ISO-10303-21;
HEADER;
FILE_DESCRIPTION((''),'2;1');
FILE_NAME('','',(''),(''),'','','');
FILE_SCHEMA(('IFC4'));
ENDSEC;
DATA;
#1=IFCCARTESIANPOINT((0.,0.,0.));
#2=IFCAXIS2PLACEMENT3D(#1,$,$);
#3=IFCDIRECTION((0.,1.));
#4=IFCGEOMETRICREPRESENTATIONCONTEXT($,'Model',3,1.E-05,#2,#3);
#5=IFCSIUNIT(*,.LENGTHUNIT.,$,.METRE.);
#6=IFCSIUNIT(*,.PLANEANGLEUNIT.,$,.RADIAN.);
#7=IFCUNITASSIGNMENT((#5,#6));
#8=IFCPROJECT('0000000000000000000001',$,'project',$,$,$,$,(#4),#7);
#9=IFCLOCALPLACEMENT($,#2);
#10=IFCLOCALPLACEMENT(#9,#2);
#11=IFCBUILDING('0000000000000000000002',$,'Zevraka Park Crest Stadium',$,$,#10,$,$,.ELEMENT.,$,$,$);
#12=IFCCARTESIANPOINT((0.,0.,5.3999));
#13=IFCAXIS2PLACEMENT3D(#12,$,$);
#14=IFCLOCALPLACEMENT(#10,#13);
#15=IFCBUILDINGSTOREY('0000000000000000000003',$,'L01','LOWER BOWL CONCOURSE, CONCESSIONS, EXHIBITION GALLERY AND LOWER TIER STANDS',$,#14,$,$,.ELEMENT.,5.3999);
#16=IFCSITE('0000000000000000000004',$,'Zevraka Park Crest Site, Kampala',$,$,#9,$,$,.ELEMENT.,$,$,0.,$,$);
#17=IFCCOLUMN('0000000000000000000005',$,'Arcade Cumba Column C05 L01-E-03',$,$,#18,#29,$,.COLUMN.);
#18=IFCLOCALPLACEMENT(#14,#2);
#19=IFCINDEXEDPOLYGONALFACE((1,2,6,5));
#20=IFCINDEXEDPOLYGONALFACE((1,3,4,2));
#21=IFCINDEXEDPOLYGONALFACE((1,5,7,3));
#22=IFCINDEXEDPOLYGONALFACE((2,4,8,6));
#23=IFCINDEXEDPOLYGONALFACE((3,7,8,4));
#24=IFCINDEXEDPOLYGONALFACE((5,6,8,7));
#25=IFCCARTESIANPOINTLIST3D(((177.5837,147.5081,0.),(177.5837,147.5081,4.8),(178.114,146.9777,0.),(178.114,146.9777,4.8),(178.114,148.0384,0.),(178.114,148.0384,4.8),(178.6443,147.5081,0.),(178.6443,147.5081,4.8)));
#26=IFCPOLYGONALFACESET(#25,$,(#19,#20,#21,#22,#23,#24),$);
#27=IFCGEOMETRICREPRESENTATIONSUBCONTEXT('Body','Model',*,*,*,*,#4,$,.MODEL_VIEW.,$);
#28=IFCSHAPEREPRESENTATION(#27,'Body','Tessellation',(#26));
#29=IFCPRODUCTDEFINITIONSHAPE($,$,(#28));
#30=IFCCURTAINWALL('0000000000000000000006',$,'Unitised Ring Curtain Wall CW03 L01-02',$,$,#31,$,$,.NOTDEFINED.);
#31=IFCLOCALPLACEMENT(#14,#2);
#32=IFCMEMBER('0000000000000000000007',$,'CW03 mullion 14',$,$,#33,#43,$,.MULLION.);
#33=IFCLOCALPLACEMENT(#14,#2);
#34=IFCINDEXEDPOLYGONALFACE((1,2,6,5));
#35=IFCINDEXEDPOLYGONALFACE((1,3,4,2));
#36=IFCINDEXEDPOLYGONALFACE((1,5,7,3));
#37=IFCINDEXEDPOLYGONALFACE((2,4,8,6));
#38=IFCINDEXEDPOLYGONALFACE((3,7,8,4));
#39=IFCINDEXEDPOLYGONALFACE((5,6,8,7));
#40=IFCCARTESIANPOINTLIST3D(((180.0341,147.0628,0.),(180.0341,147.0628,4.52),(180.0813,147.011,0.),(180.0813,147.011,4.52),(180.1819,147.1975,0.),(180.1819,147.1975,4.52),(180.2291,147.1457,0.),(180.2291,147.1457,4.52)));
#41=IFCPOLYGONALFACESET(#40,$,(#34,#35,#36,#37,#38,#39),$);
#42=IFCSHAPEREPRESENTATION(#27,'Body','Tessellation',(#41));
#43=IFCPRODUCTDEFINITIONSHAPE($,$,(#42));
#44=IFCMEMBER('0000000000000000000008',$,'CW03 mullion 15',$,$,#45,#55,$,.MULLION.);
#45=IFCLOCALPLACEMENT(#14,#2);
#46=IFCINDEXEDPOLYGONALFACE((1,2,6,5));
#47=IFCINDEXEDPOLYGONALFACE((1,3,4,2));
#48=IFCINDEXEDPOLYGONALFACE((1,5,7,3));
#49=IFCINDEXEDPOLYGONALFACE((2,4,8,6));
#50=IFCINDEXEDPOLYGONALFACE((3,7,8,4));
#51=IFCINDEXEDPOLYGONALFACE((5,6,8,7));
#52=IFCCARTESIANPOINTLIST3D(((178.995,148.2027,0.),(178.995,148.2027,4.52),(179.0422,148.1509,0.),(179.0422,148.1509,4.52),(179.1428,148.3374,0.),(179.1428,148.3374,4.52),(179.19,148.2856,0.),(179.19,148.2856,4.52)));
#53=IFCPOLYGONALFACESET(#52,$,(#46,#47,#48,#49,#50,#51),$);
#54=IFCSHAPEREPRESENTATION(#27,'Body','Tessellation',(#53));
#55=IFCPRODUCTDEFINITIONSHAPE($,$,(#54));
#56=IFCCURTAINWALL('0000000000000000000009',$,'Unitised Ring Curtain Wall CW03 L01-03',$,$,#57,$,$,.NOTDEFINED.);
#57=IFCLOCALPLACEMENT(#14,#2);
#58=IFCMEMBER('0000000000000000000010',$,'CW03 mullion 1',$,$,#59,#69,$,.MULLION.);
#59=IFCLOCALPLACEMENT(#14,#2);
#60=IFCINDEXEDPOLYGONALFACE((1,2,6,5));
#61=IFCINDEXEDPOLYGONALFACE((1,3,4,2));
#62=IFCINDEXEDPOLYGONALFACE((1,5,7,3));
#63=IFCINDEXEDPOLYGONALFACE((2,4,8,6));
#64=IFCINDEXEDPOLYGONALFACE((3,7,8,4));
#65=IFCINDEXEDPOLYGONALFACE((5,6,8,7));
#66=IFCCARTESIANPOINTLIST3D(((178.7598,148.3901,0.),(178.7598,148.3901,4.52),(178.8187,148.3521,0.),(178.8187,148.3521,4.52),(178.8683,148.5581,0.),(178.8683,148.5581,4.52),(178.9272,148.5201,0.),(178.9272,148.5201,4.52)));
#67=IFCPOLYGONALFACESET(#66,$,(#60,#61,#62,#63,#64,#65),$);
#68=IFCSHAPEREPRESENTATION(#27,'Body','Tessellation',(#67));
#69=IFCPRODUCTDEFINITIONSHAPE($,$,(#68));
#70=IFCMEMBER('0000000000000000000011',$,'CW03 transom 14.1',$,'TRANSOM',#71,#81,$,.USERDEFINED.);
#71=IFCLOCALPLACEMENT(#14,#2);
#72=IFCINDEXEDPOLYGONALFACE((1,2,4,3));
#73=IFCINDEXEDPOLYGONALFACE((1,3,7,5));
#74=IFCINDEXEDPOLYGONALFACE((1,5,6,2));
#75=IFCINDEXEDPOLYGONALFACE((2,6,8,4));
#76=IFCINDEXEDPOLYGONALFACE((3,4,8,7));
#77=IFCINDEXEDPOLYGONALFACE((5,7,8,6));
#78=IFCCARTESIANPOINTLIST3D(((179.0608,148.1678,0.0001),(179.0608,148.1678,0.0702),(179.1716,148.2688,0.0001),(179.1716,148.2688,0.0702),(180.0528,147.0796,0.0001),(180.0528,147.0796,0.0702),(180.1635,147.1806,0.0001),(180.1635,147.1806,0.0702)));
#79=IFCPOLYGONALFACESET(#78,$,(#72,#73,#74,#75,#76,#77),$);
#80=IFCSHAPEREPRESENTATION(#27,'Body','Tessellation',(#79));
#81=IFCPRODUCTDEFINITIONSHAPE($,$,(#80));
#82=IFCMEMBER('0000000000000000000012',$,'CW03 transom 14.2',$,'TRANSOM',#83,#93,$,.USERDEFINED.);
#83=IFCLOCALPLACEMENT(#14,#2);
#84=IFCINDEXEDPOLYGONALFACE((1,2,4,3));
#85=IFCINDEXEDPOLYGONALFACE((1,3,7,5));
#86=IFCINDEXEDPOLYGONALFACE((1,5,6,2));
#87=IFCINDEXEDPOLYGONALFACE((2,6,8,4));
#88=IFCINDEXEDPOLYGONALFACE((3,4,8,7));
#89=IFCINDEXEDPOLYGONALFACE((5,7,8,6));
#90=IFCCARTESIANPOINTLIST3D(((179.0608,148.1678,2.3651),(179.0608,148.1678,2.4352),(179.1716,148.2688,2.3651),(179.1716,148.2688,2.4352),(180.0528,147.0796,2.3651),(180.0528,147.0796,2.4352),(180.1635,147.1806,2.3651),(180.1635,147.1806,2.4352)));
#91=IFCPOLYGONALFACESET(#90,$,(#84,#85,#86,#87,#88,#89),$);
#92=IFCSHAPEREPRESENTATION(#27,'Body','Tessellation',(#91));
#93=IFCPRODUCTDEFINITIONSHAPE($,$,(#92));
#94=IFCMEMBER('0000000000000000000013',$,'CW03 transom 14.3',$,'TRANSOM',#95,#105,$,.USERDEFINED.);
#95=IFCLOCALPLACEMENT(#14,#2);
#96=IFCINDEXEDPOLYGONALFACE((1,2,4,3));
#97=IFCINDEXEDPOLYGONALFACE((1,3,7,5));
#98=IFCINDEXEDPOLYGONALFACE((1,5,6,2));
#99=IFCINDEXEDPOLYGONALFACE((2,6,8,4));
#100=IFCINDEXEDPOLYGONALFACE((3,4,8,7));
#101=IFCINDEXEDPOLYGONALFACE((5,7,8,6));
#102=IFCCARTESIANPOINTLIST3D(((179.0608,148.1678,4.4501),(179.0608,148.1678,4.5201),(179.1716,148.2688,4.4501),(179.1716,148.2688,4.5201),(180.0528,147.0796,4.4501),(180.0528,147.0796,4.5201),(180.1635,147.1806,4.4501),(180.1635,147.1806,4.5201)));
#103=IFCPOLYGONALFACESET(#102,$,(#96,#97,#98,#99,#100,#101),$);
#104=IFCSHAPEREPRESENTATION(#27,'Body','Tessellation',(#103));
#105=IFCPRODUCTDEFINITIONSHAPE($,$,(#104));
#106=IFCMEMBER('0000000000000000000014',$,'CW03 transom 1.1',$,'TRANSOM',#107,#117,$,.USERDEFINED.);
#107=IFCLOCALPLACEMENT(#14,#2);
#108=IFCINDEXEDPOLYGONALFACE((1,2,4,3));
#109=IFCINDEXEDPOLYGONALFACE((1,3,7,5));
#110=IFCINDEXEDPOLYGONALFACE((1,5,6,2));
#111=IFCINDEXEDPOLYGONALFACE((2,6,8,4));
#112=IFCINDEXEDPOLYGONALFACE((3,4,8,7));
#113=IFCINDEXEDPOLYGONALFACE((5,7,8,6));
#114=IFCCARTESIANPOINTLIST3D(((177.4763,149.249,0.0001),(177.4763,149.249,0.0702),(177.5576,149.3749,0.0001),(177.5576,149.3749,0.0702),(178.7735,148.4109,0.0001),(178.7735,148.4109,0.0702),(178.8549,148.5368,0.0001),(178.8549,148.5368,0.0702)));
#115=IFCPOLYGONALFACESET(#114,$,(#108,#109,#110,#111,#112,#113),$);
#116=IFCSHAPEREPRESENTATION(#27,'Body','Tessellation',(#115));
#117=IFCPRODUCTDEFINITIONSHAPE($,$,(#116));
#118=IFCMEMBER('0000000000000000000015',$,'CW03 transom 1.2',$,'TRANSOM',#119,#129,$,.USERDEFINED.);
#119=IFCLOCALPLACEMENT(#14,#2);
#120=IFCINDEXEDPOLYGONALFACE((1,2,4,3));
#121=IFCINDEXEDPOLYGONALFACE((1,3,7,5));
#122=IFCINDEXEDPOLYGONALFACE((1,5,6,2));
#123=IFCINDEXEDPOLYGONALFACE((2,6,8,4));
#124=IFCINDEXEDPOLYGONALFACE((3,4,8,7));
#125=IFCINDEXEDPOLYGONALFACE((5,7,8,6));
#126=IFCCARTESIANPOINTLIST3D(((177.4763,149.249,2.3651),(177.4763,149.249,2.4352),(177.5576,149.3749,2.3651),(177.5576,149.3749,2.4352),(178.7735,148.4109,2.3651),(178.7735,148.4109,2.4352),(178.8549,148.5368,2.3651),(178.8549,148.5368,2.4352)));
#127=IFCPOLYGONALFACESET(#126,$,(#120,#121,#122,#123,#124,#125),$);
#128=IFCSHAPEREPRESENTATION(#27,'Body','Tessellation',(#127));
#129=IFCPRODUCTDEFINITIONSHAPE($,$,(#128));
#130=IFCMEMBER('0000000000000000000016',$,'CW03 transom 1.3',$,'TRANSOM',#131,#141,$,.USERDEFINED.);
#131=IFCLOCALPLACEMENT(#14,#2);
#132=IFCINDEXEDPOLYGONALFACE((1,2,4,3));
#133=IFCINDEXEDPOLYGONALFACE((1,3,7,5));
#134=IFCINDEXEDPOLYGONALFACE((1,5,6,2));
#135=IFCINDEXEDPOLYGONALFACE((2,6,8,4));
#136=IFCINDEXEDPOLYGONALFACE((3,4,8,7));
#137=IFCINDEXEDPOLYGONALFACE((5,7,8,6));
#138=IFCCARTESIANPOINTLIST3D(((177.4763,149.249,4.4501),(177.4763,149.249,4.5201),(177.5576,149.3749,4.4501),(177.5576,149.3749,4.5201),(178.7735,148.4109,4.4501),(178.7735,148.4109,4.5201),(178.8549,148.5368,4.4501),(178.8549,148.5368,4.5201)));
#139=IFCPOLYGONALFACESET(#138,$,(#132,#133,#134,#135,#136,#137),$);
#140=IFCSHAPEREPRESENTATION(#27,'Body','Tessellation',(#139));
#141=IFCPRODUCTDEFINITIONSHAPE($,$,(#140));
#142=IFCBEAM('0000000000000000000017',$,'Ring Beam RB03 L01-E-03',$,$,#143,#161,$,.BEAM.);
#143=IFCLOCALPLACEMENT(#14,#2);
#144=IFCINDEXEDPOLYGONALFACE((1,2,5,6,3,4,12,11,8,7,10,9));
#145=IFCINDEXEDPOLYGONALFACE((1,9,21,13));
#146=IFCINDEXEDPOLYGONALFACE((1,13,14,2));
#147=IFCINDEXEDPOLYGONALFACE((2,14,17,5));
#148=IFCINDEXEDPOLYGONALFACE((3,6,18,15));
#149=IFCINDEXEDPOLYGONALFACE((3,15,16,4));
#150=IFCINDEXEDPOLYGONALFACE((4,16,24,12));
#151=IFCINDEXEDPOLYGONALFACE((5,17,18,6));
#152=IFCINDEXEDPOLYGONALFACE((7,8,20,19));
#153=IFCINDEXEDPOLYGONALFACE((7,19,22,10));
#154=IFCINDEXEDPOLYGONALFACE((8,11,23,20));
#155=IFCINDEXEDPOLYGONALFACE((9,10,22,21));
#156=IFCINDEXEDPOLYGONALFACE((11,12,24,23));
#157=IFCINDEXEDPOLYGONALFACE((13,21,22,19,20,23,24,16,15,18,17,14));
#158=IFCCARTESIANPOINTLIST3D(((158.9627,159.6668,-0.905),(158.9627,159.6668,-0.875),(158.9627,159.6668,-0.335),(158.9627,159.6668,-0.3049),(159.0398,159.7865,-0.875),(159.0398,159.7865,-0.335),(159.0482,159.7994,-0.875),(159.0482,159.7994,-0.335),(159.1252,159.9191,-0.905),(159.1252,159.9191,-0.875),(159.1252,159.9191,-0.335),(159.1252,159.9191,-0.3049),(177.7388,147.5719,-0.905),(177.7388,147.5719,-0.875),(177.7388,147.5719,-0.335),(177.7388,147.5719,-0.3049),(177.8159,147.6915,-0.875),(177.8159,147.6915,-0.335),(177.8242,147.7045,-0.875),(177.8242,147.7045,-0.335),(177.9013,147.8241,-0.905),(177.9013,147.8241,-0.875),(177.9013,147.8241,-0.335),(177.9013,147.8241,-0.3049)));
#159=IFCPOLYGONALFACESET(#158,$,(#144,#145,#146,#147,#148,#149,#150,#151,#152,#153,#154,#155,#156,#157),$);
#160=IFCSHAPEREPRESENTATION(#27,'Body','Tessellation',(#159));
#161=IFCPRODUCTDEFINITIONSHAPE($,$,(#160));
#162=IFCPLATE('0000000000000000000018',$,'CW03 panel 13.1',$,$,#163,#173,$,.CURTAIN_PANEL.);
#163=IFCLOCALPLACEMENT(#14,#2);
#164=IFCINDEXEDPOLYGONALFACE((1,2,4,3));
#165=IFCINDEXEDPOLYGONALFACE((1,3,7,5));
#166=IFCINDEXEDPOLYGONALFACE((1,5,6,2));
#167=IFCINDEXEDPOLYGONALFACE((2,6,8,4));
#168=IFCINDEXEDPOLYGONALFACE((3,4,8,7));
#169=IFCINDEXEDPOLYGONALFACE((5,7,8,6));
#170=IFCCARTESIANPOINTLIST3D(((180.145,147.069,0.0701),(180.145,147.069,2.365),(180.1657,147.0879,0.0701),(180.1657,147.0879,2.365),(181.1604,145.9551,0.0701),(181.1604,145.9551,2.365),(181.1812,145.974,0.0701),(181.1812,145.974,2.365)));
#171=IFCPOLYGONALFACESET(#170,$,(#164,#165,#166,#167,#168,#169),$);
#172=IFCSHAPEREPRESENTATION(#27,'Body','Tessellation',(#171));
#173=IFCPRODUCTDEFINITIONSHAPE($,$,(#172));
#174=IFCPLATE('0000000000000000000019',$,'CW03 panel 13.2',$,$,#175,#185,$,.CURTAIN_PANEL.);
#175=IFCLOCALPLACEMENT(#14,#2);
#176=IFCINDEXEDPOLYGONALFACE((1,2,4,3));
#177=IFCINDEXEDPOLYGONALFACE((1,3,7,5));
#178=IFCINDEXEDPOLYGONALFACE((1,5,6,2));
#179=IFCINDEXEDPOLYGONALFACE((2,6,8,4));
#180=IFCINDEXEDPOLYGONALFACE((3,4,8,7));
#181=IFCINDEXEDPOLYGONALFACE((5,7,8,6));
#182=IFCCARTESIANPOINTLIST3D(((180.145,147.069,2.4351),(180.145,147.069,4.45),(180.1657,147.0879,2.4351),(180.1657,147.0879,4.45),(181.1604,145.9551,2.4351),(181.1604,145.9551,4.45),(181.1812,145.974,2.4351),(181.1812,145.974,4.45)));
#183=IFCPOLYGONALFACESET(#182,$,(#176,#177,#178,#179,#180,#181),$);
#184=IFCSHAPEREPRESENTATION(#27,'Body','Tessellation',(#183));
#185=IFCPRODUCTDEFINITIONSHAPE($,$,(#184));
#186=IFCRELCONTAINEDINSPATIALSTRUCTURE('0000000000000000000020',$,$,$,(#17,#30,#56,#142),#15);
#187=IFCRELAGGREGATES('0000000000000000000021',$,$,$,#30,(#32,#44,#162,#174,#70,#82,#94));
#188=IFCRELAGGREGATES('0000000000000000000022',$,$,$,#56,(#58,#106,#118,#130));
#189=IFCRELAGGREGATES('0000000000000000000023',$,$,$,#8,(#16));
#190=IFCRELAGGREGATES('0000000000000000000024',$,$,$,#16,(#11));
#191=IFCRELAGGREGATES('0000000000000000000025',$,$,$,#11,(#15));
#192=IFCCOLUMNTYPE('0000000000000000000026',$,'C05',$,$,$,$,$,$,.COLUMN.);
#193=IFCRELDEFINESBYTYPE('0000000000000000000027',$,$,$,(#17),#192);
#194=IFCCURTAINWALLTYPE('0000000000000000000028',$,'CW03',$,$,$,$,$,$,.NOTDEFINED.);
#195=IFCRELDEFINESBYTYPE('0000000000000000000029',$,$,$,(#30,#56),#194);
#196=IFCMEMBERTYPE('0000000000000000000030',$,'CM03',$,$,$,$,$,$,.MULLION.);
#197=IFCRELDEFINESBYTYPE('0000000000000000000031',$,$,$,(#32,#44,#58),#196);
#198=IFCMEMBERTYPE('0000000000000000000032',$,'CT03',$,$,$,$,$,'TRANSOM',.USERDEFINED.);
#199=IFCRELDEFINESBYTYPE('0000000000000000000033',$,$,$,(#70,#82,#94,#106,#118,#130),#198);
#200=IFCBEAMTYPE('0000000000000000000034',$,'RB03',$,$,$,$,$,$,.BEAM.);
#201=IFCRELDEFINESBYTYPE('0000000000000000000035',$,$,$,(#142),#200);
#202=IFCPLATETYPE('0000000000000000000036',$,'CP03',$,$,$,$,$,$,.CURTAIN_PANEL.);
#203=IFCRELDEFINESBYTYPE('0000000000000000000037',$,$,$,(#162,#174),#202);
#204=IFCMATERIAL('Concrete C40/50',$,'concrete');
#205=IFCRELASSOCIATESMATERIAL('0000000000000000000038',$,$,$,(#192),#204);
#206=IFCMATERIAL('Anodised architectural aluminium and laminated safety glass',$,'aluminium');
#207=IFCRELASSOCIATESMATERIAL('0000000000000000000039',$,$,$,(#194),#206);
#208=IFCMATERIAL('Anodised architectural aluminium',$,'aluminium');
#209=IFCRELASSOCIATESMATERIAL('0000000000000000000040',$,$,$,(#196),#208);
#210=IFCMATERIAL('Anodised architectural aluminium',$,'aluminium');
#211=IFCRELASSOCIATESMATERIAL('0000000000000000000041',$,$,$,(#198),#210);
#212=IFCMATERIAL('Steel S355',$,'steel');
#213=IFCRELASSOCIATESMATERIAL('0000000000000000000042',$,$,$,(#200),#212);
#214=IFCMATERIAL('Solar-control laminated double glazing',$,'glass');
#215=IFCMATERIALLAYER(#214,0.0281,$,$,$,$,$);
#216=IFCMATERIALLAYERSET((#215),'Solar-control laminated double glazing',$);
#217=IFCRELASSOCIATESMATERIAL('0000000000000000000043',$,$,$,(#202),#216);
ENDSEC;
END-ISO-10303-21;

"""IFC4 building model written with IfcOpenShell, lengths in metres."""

from ifc_helpers import new_model, si_unit, direction, frame, origin, origin_2d, place, context, subcontext, project, spatial, rectangle, i_section, extrude, material, layer, layer_set, material_profile, profile_set, type_object, element, aggregate, save


model = new_model("IFC4")

# Units and contexts
model_context = context("Model", 3, precision=1e-05, world=origin(), true_north=direction((0.0, 1.0)))
body_context = subcontext(model_context, "Body", "Model", "MODEL_VIEW")
ifc_project = project(units=[si_unit("LENGTHUNIT", "METRE"), si_unit("PLANEANGLEUNIT", "RADIAN")], contexts=[model_context])

# Site, building, storey
site_placement = place(None, origin())
site = spatial("IfcSite", under=ifc_project, at=site_placement, Name="Zevraka Park Crest Site, Kampala", CompositionType="ELEMENT", RefElevation=0.0)
building_placement = place(site_placement, origin())
building = spatial("IfcBuilding", under=site, at=building_placement, Name="Zevraka Park Crest Stadium", CompositionType="ELEMENT")
storey_placement = place(building_placement, frame((0.0, 0.0, 5.3999)))
storey = spatial("IfcBuildingStorey", under=building, at=storey_placement, Name="L01", Description="LOWER BOWL CONCOURSE, CONCESSIONS, EXHIBITION GALLERY AND LOWER TIER STANDS", CompositionType="ELEMENT", Elevation=5.3999)

# Column
ifc_material_1 = material(Name="Concrete C40/50", Category="concrete")
ifc_material_profile_1 = material_profile(ifc_material_1, rectangle(XDim=0.75, YDim=0.75, at=origin_2d()), Name="RC 750x750")
ifc_profile_set_1 = profile_set([ifc_material_profile_1], Name="Concrete C40/50")
column_type = type_object("IfcColumnType", Name="C05", PredefinedType="COLUMN", material=ifc_profile_set_1)
column_placement = place(storey_placement, frame((178.114, 147.5081, 0.0), z_axis=(0.0, 0.0, 1.0), x_axis=(0.707107, 0.707107, 0.0)))
element("IfcColumn", 1, at=column_placement, inside=storey, type_object=column_type, Name="Arcade Cumba Column C05 L01-E-03", PredefinedType="COLUMN", context=body_context, shape_type="SweptSolid", body=[
    extrude(rectangle(XDim=0.75, YDim=0.75, at=origin_2d()), origin(), (0.0, 0.0, 1.0), 4.8),
])

# Curtain wall, members
ifc_material_2 = material(Name="Anodised architectural aluminium and laminated safety glass", Category="aluminium")
curtain_wall_type = type_object("IfcCurtainWallType", Name="CW03", PredefinedType="NOTDEFINED", material=ifc_material_2)
curtain_wall_1_placement = place(storey_placement, origin())
curtain_wall_1 = element("IfcCurtainWall", 2, at=curtain_wall_1_placement, inside=storey, type_object=curtain_wall_type, Name="Unitised Ring Curtain Wall CW03 L01-02", PredefinedType="NOTDEFINED")
ifc_material_3 = material(Name="Anodised architectural aluminium", Category="aluminium")
ifc_material_profile_2 = material_profile(ifc_material_3, rectangle(XDim=0.2, YDim=0.0701, at=origin_2d()), Name="ALU MULLION 200x70")
ifc_profile_set_2 = profile_set([ifc_material_profile_2], Name="Anodised architectural aluminium")
member_type_1 = type_object("IfcMemberType", Name="CM03", PredefinedType="MULLION", material=ifc_profile_set_2)
member_1_placement = place(storey_placement, frame((180.1316, 147.1042, 0.0), z_axis=(0.0, 0.0, 1.0), x_axis=(-0.739023, -0.67368, 0.0)))
member_1 = element("IfcMember", 3, at=member_1_placement, type_object=member_type_1, Name="CW03 mullion 14", PredefinedType="MULLION", context=body_context, shape_type="SweptSolid", body=[
    extrude(rectangle(XDim=0.2, YDim=0.0701, at=origin_2d()), origin(), (0.0, 0.0, 1.0), 4.52),
])
member_2_placement = place(storey_placement, frame((179.0925, 148.2441, 0.0), z_axis=(0.0, 0.0, 1.0), x_axis=(-0.739023, -0.67368, 0.0)))
member_2 = element("IfcMember", 4, at=member_2_placement, type_object=member_type_1, Name="CW03 mullion 15", PredefinedType="MULLION", context=body_context, shape_type="SweptSolid", body=[
    extrude(rectangle(XDim=0.2, YDim=0.0701, at=origin_2d()), origin(), (0.0, 0.0, 1.0), 4.52),
])

# Curtain wall, member
curtain_wall_2_placement = place(storey_placement, origin())
curtain_wall_2 = element("IfcCurtainWall", 5, at=curtain_wall_2_placement, inside=storey, type_object=curtain_wall_type, Name="Unitised Ring Curtain Wall CW03 L01-03", PredefinedType="NOTDEFINED")
member_3_placement = place(storey_placement, frame((178.8435, 148.4551, 0.0), z_axis=(0.0, 0.0, 1.0), x_axis=(-0.542571, -0.84001, 0.0)))
member_3 = element("IfcMember", 6, at=member_3_placement, type_object=member_type_1, Name="CW03 mullion 1", PredefinedType="MULLION", context=body_context, shape_type="SweptSolid", body=[
    extrude(rectangle(XDim=0.2, YDim=0.0701, at=origin_2d()), origin(), (0.0, 0.0, 1.0), 4.52),
])

# Members
ifc_material_4 = material(Name="Anodised architectural aluminium", Category="aluminium")
ifc_material_profile_3 = material_profile(ifc_material_4, rectangle(XDim=0.1499, YDim=0.0701, at=origin_2d()), Name="ALU TRANSOM 150x70")
ifc_profile_set_3 = profile_set([ifc_material_profile_3], Name="Anodised architectural aluminium")
member_type_2 = type_object("IfcMemberType", Name="CT03", ElementType="TRANSOM", PredefinedType="USERDEFINED", material=ifc_profile_set_3)
member_4_placement = place(storey_placement, frame((180.1082, 147.1301, 0.0352), z_axis=(-0.673687, 0.739017, 0.0), x_axis=(-0.739017, -0.673687, 0.0)))
member_4 = element("IfcMember", 7, at=member_4_placement, type_object=member_type_2, Name="CW03 transom 14.1", ObjectType="TRANSOM", PredefinedType="USERDEFINED", context=body_context, shape_type="SweptSolid", body=[
    extrude(rectangle(XDim=0.1499, YDim=0.0701, at=origin_2d()), origin(), (0.0, 0.0, 1.0), 1.4724),
])
member_5_placement = place(storey_placement, frame((180.1082, 147.1301, 2.4001), z_axis=(-0.673687, 0.739017, 0.0), x_axis=(-0.739017, -0.673687, 0.0)))
member_5 = element("IfcMember", 8, at=member_5_placement, type_object=member_type_2, Name="CW03 transom 14.2", ObjectType="TRANSOM", PredefinedType="USERDEFINED", context=body_context, shape_type="SweptSolid", body=[
    extrude(rectangle(XDim=0.1499, YDim=0.0701, at=origin_2d()), origin(), (0.0, 0.0, 1.0), 1.4724),
])
member_6_placement = place(storey_placement, frame((180.1082, 147.1301, 4.4851), z_axis=(-0.673687, 0.739017, 0.0), x_axis=(-0.739017, -0.673687, 0.0)))
member_6 = element("IfcMember", 9, at=member_6_placement, type_object=member_type_2, Name="CW03 transom 14.3", ObjectType="TRANSOM", PredefinedType="USERDEFINED", context=body_context, shape_type="SweptSolid", body=[
    extrude(rectangle(XDim=0.1499, YDim=0.0701, at=origin_2d()), origin(), (0.0, 0.0, 1.0), 1.4724),
])
member_7_placement = place(storey_placement, frame((178.8142, 148.4739, 0.0352), z_axis=(-0.839964, 0.542642, 0.0), x_axis=(-0.542642, -0.839964, 0.0)))
member_7 = element("IfcMember", 10, at=member_7_placement, type_object=member_type_2, Name="CW03 transom 1.1", ObjectType="TRANSOM", PredefinedType="USERDEFINED", context=body_context, shape_type="SweptSolid", body=[
    extrude(rectangle(XDim=0.1499, YDim=0.0701, at=origin_2d()), origin(), (0.0, 0.0, 1.0), 1.5444),
])
member_8_placement = place(storey_placement, frame((178.8142, 148.4739, 2.4001), z_axis=(-0.839964, 0.542642, 0.0), x_axis=(-0.542642, -0.839964, 0.0)))
member_8 = element("IfcMember", 11, at=member_8_placement, type_object=member_type_2, Name="CW03 transom 1.2", ObjectType="TRANSOM", PredefinedType="USERDEFINED", context=body_context, shape_type="SweptSolid", body=[
    extrude(rectangle(XDim=0.1499, YDim=0.0701, at=origin_2d()), origin(), (0.0, 0.0, 1.0), 1.5444),
])
member_9_placement = place(storey_placement, frame((178.8142, 148.4739, 4.4851), z_axis=(-0.839964, 0.542642, 0.0), x_axis=(-0.542642, -0.839964, 0.0)))
member_9 = element("IfcMember", 12, at=member_9_placement, type_object=member_type_2, Name="CW03 transom 1.3", ObjectType="TRANSOM", PredefinedType="USERDEFINED", context=body_context, shape_type="SweptSolid", body=[
    extrude(rectangle(XDim=0.1499, YDim=0.0701, at=origin_2d()), origin(), (0.0, 0.0, 1.0), 1.5444),
])

# Beam
ifc_material_5 = material(Name="Steel S355", Category="steel")
ifc_material_profile_4 = material_profile(ifc_material_5, i_section(OverallWidth=0.3, OverallDepth=0.6001, WebThickness=0.0154, FlangeThickness=0.03, at=origin_2d()), Name="HEB 600")
ifc_profile_set_4 = profile_set([ifc_material_profile_4], Name="Steel S355")
beam_type = type_object("IfcBeamType", Name="RB03", PredefinedType="BEAM", material=ifc_profile_set_4)
beam_placement = place(storey_placement, frame((177.8201, 147.698, -0.605), z_axis=(-0.840677, 0.541537, 0.0), x_axis=(-0.541537, -0.840677, 0.0)))
element("IfcBeam", 13, at=beam_placement, inside=storey, type_object=beam_type, Name="Ring Beam RB03 L01-E-03", PredefinedType="BEAM", context=body_context, shape_type="SweptSolid", body=[
    extrude(i_section(OverallWidth=0.3, OverallDepth=0.6001, WebThickness=0.0154, FlangeThickness=0.03, at=origin_2d()), origin(), (0.0, 0.0, 1.0), 22.3345),
])

# Plates
ifc_material_6 = material(Name="Solar-control laminated double glazing", Category="glass")
ifc_layer_1 = layer(ifc_material_6, 0.0281)
ifc_layer_set_1 = layer_set([ifc_layer_1], Name="Solar-control laminated double glazing")
plate_type = type_object("IfcPlateType", Name="CP03", PredefinedType="CURTAIN_PANEL", material=ifc_layer_set_1)
plate_1_placement = place(storey_placement, frame((180.6631, 146.5215, 0.0701), z_axis=(0.0, 0.0, 1.0), x_axis=(-0.67368, 0.739023, 0.0)))
plate_1 = element("IfcPlate", 14, at=plate_1_placement, type_object=plate_type, Name="CW03 panel 13.1", PredefinedType="CURTAIN_PANEL", context=body_context, shape_type="SweptSolid", body=[
    extrude(rectangle(XDim=1.5073, YDim=0.0281, at=origin_2d()), origin(), (0.0, 0.0, 1.0), 2.2949),
])
plate_2_placement = place(storey_placement, frame((180.6631, 146.5215, 2.4351), z_axis=(0.0, 0.0, 1.0), x_axis=(-0.67368, 0.739023, 0.0)))
plate_2 = element("IfcPlate", 15, at=plate_2_placement, type_object=plate_type, Name="CW03 panel 13.2", PredefinedType="CURTAIN_PANEL", context=body_context, shape_type="SweptSolid", body=[
    extrude(rectangle(XDim=1.5073, YDim=0.0281, at=origin_2d()), origin(), (0.0, 0.0, 1.0), 2.0149),
])
aggregate(curtain_wall_1, [member_1, member_2, plate_1, plate_2, member_4, member_5, member_6])
aggregate(curtain_wall_2, [member_3, member_7, member_8, member_9])

save(model, "model.ifc")
